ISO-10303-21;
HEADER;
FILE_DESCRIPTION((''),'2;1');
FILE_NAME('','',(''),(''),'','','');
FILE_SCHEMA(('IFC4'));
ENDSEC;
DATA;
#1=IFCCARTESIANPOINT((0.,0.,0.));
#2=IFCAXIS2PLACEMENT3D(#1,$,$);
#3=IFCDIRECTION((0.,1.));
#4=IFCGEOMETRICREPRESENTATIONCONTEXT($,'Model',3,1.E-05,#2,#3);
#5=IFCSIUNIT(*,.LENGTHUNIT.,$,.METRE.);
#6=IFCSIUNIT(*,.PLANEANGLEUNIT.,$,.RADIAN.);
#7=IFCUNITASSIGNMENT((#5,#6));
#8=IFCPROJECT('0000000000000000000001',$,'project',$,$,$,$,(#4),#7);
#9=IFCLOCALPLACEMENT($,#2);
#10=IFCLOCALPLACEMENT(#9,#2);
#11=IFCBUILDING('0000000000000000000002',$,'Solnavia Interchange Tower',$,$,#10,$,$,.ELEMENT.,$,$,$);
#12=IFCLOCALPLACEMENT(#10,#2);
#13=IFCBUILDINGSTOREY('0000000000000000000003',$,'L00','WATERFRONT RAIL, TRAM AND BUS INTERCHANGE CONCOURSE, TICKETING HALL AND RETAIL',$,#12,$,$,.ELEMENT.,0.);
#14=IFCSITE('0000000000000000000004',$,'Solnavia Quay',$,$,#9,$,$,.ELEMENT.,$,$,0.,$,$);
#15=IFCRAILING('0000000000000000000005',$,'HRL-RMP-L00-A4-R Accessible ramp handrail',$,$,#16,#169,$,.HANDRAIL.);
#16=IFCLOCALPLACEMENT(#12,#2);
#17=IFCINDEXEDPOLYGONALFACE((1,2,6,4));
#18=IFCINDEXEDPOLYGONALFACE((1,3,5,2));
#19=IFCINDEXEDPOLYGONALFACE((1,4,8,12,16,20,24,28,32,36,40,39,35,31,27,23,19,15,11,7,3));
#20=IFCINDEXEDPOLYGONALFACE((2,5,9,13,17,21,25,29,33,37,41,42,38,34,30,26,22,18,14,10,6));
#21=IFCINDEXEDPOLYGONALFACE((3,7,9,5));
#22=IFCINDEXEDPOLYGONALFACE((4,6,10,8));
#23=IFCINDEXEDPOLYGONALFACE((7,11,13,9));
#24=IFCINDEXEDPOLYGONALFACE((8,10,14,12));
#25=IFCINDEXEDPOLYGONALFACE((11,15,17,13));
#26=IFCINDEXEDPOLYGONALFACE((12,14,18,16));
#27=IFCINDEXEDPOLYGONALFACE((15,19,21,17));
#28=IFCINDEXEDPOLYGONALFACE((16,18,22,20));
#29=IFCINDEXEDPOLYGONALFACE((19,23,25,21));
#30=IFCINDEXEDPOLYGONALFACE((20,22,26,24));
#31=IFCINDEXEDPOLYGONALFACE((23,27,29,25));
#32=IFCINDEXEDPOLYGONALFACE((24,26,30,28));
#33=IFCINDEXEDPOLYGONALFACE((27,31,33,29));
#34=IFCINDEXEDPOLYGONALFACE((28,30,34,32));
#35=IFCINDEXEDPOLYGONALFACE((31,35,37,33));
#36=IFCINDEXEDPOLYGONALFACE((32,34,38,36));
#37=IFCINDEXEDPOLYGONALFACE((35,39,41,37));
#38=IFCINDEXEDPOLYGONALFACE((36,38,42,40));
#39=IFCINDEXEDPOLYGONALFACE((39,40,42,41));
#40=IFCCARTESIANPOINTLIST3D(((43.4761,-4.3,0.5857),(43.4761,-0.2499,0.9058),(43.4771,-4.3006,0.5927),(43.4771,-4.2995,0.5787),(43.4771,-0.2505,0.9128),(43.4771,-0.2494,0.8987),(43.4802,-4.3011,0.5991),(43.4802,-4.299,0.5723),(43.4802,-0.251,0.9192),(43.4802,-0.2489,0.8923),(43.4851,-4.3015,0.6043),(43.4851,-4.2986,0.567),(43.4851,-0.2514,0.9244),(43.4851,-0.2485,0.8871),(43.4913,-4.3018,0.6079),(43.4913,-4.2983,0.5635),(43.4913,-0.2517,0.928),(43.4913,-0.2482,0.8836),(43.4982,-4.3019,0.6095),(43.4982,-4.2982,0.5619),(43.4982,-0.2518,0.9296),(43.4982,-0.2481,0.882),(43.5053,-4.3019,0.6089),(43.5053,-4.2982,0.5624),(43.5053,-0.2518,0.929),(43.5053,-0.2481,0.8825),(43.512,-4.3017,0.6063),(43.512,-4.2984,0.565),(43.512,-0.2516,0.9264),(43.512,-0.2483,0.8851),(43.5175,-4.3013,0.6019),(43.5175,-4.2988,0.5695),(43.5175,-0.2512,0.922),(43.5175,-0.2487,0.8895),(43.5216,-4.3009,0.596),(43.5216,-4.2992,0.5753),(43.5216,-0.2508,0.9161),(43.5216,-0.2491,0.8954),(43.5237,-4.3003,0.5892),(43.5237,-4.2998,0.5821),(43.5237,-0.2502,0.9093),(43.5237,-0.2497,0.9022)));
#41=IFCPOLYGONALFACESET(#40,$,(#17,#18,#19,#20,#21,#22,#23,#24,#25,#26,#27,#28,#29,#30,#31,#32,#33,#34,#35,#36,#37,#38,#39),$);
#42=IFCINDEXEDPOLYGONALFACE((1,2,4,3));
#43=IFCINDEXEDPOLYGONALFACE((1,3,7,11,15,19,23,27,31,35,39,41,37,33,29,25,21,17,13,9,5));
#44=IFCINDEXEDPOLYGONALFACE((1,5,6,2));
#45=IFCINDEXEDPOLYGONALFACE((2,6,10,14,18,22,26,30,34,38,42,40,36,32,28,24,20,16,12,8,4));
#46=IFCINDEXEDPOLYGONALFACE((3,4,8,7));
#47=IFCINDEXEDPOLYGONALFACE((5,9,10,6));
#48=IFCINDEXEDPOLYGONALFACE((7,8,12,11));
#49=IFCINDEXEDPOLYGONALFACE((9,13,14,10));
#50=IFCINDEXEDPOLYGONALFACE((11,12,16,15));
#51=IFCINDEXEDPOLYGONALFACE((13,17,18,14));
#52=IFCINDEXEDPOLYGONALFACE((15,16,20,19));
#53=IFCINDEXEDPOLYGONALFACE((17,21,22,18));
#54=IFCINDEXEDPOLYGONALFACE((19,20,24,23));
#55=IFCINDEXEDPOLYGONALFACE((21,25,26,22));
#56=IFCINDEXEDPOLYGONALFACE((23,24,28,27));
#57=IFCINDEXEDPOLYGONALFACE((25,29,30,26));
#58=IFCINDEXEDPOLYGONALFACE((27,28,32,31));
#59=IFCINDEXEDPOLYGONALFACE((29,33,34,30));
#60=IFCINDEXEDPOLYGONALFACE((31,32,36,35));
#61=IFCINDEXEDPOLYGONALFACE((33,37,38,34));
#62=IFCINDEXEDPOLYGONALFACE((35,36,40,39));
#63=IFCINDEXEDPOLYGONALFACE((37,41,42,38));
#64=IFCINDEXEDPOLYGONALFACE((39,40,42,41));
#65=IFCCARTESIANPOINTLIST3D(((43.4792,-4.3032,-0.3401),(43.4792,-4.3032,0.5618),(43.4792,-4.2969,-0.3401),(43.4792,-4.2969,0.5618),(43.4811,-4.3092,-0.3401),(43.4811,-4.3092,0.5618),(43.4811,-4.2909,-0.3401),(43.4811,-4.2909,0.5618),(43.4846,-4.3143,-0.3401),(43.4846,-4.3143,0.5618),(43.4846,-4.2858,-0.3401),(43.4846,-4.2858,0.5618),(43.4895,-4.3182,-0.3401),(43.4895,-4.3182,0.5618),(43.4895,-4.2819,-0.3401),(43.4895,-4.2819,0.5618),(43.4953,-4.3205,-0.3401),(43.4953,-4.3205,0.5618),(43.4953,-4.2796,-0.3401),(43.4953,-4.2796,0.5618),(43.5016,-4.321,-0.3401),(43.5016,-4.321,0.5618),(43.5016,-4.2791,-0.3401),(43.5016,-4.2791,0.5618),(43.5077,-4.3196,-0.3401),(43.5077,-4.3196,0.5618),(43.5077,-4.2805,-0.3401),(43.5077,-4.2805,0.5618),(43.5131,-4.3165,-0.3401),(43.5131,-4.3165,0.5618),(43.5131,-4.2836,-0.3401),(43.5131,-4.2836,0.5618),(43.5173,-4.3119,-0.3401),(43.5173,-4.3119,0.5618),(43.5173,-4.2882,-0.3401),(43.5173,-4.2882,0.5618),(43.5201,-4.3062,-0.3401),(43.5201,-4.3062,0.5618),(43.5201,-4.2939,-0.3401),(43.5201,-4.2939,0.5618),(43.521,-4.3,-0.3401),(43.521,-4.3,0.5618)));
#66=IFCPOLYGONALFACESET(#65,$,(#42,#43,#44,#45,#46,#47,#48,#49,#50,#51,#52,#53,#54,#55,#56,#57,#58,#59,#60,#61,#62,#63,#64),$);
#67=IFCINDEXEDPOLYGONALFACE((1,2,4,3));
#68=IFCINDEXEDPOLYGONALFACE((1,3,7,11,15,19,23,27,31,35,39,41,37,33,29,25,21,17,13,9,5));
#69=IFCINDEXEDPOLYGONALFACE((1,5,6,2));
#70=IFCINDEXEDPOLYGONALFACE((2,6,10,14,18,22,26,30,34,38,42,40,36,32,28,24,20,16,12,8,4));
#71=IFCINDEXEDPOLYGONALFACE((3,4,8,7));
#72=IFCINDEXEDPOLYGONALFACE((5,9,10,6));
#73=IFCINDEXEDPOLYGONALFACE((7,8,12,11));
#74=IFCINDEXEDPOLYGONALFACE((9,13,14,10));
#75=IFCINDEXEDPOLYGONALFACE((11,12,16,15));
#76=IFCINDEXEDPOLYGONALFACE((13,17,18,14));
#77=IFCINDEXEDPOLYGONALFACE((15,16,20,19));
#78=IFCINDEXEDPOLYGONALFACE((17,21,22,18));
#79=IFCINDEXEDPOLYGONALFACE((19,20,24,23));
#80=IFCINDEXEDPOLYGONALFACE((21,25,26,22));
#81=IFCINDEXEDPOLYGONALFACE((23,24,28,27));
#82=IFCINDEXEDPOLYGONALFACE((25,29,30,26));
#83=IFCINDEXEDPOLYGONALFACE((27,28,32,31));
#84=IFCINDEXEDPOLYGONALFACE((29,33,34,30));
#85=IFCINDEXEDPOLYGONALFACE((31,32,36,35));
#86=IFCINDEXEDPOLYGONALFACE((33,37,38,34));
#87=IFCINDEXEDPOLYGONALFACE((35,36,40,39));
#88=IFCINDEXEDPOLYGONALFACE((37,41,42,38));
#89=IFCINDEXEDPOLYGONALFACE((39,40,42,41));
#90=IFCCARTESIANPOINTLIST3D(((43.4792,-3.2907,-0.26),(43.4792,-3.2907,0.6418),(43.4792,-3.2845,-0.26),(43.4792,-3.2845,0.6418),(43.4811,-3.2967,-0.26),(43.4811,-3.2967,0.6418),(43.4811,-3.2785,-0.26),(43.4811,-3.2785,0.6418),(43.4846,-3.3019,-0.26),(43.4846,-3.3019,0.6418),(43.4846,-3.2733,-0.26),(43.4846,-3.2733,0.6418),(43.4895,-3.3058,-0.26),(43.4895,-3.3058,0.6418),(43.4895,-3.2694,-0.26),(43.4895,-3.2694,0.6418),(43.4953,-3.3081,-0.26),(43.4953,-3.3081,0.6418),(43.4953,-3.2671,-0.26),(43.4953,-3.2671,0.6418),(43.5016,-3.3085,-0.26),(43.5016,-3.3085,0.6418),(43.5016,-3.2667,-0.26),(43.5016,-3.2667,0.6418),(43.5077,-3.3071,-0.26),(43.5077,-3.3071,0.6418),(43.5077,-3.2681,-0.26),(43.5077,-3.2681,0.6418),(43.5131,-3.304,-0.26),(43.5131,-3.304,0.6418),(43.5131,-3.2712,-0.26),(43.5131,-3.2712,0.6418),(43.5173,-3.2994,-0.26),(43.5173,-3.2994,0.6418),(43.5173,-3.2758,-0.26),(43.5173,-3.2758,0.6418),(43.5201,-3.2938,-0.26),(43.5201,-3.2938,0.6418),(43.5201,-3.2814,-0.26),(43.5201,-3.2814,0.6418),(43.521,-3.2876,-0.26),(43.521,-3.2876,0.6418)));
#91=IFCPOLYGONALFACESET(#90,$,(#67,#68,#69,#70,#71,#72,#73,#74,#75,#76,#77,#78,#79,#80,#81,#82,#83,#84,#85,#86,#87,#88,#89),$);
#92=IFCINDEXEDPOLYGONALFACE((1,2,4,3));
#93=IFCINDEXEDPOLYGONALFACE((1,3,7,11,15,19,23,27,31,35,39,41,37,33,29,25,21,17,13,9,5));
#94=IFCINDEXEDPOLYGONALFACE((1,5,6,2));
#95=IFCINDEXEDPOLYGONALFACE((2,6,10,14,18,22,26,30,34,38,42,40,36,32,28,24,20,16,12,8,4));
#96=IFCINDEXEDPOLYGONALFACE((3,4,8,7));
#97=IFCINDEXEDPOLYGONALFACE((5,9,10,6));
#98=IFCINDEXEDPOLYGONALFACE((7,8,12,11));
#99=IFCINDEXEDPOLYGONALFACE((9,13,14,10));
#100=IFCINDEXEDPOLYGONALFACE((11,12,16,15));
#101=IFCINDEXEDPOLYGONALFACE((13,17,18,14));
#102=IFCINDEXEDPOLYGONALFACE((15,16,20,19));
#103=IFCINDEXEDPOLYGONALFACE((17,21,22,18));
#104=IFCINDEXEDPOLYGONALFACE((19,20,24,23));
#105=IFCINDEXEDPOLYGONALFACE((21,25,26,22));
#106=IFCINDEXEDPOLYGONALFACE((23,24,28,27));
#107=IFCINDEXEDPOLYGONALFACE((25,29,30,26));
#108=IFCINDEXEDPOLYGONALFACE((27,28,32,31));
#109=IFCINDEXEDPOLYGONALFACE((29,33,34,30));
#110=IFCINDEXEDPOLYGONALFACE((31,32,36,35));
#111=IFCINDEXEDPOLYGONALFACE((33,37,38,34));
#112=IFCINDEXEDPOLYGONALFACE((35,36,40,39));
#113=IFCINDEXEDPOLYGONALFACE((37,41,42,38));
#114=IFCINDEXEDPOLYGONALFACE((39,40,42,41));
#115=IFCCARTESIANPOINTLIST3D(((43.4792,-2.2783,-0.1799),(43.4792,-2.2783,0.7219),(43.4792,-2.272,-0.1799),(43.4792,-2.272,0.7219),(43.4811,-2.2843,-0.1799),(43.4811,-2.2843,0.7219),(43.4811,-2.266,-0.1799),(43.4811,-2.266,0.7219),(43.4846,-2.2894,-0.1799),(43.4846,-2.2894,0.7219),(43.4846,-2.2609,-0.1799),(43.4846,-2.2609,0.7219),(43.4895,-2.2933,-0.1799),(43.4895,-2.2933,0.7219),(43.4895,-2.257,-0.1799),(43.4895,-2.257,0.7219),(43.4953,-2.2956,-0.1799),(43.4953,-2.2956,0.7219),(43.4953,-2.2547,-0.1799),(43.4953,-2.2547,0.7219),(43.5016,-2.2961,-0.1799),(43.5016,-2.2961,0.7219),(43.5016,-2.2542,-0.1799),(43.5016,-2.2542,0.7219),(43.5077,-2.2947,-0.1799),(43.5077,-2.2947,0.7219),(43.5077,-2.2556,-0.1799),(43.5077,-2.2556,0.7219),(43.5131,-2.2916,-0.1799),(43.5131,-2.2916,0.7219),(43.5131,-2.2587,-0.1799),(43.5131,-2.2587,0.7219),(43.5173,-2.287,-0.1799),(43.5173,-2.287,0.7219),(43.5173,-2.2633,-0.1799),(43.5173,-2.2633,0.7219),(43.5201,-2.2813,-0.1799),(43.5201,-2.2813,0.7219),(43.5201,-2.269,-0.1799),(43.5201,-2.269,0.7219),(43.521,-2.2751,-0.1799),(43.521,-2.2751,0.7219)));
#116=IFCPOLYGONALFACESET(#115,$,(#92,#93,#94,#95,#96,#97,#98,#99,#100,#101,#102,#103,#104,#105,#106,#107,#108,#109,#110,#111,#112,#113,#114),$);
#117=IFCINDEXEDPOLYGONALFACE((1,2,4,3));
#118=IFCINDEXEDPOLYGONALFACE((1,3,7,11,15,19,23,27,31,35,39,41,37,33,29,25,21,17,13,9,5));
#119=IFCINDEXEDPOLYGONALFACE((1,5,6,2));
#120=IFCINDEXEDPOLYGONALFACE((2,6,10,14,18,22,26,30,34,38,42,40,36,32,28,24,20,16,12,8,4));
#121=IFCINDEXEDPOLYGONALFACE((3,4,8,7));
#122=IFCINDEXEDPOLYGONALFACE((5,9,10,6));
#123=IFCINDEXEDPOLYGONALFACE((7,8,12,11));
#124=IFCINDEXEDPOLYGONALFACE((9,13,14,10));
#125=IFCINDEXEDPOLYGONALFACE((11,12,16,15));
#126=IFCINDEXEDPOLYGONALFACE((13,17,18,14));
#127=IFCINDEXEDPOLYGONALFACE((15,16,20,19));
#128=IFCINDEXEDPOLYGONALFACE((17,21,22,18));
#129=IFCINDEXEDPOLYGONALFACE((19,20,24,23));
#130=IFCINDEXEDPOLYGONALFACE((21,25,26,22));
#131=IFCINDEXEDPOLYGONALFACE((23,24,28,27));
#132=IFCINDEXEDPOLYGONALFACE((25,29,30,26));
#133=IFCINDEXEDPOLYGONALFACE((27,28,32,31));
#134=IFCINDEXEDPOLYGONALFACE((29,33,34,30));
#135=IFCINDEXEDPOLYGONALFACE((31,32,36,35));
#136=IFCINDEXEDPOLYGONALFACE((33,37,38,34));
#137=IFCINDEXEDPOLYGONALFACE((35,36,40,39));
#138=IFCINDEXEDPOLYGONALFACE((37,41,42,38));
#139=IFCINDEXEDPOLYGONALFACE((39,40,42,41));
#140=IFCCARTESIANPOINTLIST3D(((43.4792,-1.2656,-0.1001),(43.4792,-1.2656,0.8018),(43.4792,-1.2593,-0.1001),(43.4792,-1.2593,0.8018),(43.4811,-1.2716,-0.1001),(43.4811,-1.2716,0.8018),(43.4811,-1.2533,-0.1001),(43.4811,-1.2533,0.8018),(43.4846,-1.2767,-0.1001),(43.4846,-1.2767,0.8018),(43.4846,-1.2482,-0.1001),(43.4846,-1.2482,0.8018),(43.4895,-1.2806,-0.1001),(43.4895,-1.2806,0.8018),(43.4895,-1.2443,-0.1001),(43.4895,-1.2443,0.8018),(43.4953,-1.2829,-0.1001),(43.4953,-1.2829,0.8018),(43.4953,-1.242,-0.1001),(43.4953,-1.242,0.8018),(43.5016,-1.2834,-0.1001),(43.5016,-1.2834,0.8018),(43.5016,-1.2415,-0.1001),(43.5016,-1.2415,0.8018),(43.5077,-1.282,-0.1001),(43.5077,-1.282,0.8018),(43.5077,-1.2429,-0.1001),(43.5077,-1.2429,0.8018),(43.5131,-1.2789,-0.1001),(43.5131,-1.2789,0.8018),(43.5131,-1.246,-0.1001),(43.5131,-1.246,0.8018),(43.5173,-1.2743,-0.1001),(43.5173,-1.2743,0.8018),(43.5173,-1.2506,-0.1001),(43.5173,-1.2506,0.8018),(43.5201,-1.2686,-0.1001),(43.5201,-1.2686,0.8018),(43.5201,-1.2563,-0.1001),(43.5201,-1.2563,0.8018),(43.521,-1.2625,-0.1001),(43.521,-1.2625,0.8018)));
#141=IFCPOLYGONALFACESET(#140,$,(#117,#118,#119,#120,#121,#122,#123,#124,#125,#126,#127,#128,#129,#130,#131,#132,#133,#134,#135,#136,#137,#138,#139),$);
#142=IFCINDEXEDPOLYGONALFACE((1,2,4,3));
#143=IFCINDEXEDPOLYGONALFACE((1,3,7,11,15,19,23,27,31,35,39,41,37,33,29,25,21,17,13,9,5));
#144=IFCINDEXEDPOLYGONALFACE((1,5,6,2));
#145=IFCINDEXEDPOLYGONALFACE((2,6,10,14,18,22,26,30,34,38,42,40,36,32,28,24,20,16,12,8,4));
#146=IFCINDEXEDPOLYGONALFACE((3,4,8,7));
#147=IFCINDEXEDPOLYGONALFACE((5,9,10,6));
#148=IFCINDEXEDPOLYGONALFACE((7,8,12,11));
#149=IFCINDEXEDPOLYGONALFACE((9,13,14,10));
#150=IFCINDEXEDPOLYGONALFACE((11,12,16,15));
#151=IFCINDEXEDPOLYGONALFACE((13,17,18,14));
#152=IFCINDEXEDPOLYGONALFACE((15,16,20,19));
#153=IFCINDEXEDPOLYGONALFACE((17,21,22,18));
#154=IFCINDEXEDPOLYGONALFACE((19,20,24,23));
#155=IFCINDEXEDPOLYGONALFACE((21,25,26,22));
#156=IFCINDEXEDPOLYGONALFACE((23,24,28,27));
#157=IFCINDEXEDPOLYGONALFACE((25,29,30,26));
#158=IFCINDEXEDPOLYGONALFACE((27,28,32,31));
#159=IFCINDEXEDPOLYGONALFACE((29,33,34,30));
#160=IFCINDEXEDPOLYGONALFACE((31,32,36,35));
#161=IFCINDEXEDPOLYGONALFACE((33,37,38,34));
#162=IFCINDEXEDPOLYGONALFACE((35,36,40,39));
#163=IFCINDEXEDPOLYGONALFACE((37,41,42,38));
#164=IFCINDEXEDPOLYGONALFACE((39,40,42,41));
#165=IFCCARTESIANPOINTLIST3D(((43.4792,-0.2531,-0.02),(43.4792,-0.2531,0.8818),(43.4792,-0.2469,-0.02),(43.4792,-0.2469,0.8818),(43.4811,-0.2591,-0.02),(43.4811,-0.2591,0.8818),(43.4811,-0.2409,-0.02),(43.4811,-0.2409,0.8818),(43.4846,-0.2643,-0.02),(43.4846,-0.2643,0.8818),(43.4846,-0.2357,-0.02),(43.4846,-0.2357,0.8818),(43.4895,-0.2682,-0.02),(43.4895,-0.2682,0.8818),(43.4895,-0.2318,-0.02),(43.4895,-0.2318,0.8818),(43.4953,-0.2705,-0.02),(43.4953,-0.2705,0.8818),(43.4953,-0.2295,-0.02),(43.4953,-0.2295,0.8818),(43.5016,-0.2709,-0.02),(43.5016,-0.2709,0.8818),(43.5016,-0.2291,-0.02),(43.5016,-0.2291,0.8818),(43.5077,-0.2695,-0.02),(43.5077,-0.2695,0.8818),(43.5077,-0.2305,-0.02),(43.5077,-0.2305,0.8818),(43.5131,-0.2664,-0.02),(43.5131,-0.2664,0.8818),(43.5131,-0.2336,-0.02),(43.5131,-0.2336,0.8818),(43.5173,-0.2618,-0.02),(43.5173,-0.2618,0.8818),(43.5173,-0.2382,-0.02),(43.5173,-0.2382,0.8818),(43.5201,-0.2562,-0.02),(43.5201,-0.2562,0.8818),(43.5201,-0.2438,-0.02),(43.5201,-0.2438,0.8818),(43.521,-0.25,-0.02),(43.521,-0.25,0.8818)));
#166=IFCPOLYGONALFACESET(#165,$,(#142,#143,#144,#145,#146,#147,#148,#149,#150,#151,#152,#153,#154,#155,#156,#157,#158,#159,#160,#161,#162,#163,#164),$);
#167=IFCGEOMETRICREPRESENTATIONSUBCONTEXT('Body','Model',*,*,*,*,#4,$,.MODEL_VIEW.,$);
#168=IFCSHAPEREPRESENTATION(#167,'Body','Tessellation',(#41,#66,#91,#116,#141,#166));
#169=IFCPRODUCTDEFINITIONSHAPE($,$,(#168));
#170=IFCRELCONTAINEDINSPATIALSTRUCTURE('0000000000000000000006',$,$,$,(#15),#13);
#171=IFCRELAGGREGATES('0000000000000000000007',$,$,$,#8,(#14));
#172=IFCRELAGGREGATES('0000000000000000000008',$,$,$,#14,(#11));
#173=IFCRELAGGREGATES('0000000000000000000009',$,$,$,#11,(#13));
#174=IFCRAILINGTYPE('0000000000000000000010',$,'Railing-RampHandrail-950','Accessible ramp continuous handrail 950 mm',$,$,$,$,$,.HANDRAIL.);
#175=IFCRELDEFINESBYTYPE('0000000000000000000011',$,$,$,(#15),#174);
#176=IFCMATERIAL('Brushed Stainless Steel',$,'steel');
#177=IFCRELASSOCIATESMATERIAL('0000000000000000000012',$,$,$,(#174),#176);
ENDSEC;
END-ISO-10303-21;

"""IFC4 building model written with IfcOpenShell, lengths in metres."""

from ifc_helpers import new_model, si_unit, direction, frame, origin, origin_2d, place, context, subcontext, project, spatial, circle, extrude, material, type_object, element, save


model = new_model("IFC4")

# Units and contexts
model_context = context("Model", 3, precision=1e-05, world=origin(), true_north=direction((0.0, 1.0)))
body_context = subcontext(model_context, "Body", "Model", "MODEL_VIEW")
ifc_project = project(units=[si_unit("LENGTHUNIT", "METRE"), si_unit("PLANEANGLEUNIT", "RADIAN")], contexts=[model_context])

# Site, building, storey
site_placement = place(None, origin())
site = spatial("IfcSite", under=ifc_project, at=site_placement, Name="Solnavia Quay", CompositionType="ELEMENT", RefElevation=0.0)
building_placement = place(site_placement, origin())
building = spatial("IfcBuilding", under=site, at=building_placement, Name="Solnavia Interchange Tower", CompositionType="ELEMENT")
storey_placement = place(building_placement, origin())
storey = spatial("IfcBuildingStorey", under=building, at=storey_placement, Name="L00", Description="WATERFRONT RAIL, TRAM AND BUS INTERCHANGE CONCOURSE, TICKETING HALL AND RETAIL", CompositionType="ELEMENT", Elevation=0.0)

# Railing
ifc_material_1 = material(Name="Brushed Stainless Steel", Category="steel")
railing_type = type_object("IfcRailingType", Name="Railing-RampHandrail-950", Description="Accessible ramp continuous handrail 950 mm", PredefinedType="HANDRAIL", material=ifc_material_1)
for number, where, name in (
    (1, (43.5, -4.3, -0.3401), "HRL-RMP-L00-A4-R Accessible ramp handrail"),
):
    element("IfcRailing", number, at=place(storey_placement, frame(where)), inside=storey, type_object=railing_type, Name=name, PredefinedType="HANDRAIL", context=body_context, shape_type="SweptSolid", body=[
        extrude(circle(Radius=0.0239, at=origin_2d()), frame((0.0, 0.0, 0.9258), z_axis=(0.0, 0.996892, 0.078783), x_axis=(-1.0, 0.0, 0.0)), (0.0, 0.0, 1.0), 4.0627),
        extrude(circle(Radius=0.021, at=origin_2d()), origin(), (0.0, 0.0, 1.0), 0.9019),
        extrude(circle(Radius=0.021, at=origin_2d()), frame((0.0, 1.0125, 0.0801)), (0.0, 0.0, 1.0), 0.9019),
        extrude(circle(Radius=0.021, at=origin_2d()), frame((0.0, 2.0249, 0.1602)), (0.0, 0.0, 1.0), 0.9019),
        extrude(circle(Radius=0.021, at=origin_2d()), frame((0.0, 3.0376, 0.24)), (0.0, 0.0, 1.0), 0.9019),
        extrude(circle(Radius=0.021, at=origin_2d()), frame((0.0, 4.05, 0.3201)), (0.0, 0.0, 1.0), 0.9019),
    ])

save(model, "model.ifc")
